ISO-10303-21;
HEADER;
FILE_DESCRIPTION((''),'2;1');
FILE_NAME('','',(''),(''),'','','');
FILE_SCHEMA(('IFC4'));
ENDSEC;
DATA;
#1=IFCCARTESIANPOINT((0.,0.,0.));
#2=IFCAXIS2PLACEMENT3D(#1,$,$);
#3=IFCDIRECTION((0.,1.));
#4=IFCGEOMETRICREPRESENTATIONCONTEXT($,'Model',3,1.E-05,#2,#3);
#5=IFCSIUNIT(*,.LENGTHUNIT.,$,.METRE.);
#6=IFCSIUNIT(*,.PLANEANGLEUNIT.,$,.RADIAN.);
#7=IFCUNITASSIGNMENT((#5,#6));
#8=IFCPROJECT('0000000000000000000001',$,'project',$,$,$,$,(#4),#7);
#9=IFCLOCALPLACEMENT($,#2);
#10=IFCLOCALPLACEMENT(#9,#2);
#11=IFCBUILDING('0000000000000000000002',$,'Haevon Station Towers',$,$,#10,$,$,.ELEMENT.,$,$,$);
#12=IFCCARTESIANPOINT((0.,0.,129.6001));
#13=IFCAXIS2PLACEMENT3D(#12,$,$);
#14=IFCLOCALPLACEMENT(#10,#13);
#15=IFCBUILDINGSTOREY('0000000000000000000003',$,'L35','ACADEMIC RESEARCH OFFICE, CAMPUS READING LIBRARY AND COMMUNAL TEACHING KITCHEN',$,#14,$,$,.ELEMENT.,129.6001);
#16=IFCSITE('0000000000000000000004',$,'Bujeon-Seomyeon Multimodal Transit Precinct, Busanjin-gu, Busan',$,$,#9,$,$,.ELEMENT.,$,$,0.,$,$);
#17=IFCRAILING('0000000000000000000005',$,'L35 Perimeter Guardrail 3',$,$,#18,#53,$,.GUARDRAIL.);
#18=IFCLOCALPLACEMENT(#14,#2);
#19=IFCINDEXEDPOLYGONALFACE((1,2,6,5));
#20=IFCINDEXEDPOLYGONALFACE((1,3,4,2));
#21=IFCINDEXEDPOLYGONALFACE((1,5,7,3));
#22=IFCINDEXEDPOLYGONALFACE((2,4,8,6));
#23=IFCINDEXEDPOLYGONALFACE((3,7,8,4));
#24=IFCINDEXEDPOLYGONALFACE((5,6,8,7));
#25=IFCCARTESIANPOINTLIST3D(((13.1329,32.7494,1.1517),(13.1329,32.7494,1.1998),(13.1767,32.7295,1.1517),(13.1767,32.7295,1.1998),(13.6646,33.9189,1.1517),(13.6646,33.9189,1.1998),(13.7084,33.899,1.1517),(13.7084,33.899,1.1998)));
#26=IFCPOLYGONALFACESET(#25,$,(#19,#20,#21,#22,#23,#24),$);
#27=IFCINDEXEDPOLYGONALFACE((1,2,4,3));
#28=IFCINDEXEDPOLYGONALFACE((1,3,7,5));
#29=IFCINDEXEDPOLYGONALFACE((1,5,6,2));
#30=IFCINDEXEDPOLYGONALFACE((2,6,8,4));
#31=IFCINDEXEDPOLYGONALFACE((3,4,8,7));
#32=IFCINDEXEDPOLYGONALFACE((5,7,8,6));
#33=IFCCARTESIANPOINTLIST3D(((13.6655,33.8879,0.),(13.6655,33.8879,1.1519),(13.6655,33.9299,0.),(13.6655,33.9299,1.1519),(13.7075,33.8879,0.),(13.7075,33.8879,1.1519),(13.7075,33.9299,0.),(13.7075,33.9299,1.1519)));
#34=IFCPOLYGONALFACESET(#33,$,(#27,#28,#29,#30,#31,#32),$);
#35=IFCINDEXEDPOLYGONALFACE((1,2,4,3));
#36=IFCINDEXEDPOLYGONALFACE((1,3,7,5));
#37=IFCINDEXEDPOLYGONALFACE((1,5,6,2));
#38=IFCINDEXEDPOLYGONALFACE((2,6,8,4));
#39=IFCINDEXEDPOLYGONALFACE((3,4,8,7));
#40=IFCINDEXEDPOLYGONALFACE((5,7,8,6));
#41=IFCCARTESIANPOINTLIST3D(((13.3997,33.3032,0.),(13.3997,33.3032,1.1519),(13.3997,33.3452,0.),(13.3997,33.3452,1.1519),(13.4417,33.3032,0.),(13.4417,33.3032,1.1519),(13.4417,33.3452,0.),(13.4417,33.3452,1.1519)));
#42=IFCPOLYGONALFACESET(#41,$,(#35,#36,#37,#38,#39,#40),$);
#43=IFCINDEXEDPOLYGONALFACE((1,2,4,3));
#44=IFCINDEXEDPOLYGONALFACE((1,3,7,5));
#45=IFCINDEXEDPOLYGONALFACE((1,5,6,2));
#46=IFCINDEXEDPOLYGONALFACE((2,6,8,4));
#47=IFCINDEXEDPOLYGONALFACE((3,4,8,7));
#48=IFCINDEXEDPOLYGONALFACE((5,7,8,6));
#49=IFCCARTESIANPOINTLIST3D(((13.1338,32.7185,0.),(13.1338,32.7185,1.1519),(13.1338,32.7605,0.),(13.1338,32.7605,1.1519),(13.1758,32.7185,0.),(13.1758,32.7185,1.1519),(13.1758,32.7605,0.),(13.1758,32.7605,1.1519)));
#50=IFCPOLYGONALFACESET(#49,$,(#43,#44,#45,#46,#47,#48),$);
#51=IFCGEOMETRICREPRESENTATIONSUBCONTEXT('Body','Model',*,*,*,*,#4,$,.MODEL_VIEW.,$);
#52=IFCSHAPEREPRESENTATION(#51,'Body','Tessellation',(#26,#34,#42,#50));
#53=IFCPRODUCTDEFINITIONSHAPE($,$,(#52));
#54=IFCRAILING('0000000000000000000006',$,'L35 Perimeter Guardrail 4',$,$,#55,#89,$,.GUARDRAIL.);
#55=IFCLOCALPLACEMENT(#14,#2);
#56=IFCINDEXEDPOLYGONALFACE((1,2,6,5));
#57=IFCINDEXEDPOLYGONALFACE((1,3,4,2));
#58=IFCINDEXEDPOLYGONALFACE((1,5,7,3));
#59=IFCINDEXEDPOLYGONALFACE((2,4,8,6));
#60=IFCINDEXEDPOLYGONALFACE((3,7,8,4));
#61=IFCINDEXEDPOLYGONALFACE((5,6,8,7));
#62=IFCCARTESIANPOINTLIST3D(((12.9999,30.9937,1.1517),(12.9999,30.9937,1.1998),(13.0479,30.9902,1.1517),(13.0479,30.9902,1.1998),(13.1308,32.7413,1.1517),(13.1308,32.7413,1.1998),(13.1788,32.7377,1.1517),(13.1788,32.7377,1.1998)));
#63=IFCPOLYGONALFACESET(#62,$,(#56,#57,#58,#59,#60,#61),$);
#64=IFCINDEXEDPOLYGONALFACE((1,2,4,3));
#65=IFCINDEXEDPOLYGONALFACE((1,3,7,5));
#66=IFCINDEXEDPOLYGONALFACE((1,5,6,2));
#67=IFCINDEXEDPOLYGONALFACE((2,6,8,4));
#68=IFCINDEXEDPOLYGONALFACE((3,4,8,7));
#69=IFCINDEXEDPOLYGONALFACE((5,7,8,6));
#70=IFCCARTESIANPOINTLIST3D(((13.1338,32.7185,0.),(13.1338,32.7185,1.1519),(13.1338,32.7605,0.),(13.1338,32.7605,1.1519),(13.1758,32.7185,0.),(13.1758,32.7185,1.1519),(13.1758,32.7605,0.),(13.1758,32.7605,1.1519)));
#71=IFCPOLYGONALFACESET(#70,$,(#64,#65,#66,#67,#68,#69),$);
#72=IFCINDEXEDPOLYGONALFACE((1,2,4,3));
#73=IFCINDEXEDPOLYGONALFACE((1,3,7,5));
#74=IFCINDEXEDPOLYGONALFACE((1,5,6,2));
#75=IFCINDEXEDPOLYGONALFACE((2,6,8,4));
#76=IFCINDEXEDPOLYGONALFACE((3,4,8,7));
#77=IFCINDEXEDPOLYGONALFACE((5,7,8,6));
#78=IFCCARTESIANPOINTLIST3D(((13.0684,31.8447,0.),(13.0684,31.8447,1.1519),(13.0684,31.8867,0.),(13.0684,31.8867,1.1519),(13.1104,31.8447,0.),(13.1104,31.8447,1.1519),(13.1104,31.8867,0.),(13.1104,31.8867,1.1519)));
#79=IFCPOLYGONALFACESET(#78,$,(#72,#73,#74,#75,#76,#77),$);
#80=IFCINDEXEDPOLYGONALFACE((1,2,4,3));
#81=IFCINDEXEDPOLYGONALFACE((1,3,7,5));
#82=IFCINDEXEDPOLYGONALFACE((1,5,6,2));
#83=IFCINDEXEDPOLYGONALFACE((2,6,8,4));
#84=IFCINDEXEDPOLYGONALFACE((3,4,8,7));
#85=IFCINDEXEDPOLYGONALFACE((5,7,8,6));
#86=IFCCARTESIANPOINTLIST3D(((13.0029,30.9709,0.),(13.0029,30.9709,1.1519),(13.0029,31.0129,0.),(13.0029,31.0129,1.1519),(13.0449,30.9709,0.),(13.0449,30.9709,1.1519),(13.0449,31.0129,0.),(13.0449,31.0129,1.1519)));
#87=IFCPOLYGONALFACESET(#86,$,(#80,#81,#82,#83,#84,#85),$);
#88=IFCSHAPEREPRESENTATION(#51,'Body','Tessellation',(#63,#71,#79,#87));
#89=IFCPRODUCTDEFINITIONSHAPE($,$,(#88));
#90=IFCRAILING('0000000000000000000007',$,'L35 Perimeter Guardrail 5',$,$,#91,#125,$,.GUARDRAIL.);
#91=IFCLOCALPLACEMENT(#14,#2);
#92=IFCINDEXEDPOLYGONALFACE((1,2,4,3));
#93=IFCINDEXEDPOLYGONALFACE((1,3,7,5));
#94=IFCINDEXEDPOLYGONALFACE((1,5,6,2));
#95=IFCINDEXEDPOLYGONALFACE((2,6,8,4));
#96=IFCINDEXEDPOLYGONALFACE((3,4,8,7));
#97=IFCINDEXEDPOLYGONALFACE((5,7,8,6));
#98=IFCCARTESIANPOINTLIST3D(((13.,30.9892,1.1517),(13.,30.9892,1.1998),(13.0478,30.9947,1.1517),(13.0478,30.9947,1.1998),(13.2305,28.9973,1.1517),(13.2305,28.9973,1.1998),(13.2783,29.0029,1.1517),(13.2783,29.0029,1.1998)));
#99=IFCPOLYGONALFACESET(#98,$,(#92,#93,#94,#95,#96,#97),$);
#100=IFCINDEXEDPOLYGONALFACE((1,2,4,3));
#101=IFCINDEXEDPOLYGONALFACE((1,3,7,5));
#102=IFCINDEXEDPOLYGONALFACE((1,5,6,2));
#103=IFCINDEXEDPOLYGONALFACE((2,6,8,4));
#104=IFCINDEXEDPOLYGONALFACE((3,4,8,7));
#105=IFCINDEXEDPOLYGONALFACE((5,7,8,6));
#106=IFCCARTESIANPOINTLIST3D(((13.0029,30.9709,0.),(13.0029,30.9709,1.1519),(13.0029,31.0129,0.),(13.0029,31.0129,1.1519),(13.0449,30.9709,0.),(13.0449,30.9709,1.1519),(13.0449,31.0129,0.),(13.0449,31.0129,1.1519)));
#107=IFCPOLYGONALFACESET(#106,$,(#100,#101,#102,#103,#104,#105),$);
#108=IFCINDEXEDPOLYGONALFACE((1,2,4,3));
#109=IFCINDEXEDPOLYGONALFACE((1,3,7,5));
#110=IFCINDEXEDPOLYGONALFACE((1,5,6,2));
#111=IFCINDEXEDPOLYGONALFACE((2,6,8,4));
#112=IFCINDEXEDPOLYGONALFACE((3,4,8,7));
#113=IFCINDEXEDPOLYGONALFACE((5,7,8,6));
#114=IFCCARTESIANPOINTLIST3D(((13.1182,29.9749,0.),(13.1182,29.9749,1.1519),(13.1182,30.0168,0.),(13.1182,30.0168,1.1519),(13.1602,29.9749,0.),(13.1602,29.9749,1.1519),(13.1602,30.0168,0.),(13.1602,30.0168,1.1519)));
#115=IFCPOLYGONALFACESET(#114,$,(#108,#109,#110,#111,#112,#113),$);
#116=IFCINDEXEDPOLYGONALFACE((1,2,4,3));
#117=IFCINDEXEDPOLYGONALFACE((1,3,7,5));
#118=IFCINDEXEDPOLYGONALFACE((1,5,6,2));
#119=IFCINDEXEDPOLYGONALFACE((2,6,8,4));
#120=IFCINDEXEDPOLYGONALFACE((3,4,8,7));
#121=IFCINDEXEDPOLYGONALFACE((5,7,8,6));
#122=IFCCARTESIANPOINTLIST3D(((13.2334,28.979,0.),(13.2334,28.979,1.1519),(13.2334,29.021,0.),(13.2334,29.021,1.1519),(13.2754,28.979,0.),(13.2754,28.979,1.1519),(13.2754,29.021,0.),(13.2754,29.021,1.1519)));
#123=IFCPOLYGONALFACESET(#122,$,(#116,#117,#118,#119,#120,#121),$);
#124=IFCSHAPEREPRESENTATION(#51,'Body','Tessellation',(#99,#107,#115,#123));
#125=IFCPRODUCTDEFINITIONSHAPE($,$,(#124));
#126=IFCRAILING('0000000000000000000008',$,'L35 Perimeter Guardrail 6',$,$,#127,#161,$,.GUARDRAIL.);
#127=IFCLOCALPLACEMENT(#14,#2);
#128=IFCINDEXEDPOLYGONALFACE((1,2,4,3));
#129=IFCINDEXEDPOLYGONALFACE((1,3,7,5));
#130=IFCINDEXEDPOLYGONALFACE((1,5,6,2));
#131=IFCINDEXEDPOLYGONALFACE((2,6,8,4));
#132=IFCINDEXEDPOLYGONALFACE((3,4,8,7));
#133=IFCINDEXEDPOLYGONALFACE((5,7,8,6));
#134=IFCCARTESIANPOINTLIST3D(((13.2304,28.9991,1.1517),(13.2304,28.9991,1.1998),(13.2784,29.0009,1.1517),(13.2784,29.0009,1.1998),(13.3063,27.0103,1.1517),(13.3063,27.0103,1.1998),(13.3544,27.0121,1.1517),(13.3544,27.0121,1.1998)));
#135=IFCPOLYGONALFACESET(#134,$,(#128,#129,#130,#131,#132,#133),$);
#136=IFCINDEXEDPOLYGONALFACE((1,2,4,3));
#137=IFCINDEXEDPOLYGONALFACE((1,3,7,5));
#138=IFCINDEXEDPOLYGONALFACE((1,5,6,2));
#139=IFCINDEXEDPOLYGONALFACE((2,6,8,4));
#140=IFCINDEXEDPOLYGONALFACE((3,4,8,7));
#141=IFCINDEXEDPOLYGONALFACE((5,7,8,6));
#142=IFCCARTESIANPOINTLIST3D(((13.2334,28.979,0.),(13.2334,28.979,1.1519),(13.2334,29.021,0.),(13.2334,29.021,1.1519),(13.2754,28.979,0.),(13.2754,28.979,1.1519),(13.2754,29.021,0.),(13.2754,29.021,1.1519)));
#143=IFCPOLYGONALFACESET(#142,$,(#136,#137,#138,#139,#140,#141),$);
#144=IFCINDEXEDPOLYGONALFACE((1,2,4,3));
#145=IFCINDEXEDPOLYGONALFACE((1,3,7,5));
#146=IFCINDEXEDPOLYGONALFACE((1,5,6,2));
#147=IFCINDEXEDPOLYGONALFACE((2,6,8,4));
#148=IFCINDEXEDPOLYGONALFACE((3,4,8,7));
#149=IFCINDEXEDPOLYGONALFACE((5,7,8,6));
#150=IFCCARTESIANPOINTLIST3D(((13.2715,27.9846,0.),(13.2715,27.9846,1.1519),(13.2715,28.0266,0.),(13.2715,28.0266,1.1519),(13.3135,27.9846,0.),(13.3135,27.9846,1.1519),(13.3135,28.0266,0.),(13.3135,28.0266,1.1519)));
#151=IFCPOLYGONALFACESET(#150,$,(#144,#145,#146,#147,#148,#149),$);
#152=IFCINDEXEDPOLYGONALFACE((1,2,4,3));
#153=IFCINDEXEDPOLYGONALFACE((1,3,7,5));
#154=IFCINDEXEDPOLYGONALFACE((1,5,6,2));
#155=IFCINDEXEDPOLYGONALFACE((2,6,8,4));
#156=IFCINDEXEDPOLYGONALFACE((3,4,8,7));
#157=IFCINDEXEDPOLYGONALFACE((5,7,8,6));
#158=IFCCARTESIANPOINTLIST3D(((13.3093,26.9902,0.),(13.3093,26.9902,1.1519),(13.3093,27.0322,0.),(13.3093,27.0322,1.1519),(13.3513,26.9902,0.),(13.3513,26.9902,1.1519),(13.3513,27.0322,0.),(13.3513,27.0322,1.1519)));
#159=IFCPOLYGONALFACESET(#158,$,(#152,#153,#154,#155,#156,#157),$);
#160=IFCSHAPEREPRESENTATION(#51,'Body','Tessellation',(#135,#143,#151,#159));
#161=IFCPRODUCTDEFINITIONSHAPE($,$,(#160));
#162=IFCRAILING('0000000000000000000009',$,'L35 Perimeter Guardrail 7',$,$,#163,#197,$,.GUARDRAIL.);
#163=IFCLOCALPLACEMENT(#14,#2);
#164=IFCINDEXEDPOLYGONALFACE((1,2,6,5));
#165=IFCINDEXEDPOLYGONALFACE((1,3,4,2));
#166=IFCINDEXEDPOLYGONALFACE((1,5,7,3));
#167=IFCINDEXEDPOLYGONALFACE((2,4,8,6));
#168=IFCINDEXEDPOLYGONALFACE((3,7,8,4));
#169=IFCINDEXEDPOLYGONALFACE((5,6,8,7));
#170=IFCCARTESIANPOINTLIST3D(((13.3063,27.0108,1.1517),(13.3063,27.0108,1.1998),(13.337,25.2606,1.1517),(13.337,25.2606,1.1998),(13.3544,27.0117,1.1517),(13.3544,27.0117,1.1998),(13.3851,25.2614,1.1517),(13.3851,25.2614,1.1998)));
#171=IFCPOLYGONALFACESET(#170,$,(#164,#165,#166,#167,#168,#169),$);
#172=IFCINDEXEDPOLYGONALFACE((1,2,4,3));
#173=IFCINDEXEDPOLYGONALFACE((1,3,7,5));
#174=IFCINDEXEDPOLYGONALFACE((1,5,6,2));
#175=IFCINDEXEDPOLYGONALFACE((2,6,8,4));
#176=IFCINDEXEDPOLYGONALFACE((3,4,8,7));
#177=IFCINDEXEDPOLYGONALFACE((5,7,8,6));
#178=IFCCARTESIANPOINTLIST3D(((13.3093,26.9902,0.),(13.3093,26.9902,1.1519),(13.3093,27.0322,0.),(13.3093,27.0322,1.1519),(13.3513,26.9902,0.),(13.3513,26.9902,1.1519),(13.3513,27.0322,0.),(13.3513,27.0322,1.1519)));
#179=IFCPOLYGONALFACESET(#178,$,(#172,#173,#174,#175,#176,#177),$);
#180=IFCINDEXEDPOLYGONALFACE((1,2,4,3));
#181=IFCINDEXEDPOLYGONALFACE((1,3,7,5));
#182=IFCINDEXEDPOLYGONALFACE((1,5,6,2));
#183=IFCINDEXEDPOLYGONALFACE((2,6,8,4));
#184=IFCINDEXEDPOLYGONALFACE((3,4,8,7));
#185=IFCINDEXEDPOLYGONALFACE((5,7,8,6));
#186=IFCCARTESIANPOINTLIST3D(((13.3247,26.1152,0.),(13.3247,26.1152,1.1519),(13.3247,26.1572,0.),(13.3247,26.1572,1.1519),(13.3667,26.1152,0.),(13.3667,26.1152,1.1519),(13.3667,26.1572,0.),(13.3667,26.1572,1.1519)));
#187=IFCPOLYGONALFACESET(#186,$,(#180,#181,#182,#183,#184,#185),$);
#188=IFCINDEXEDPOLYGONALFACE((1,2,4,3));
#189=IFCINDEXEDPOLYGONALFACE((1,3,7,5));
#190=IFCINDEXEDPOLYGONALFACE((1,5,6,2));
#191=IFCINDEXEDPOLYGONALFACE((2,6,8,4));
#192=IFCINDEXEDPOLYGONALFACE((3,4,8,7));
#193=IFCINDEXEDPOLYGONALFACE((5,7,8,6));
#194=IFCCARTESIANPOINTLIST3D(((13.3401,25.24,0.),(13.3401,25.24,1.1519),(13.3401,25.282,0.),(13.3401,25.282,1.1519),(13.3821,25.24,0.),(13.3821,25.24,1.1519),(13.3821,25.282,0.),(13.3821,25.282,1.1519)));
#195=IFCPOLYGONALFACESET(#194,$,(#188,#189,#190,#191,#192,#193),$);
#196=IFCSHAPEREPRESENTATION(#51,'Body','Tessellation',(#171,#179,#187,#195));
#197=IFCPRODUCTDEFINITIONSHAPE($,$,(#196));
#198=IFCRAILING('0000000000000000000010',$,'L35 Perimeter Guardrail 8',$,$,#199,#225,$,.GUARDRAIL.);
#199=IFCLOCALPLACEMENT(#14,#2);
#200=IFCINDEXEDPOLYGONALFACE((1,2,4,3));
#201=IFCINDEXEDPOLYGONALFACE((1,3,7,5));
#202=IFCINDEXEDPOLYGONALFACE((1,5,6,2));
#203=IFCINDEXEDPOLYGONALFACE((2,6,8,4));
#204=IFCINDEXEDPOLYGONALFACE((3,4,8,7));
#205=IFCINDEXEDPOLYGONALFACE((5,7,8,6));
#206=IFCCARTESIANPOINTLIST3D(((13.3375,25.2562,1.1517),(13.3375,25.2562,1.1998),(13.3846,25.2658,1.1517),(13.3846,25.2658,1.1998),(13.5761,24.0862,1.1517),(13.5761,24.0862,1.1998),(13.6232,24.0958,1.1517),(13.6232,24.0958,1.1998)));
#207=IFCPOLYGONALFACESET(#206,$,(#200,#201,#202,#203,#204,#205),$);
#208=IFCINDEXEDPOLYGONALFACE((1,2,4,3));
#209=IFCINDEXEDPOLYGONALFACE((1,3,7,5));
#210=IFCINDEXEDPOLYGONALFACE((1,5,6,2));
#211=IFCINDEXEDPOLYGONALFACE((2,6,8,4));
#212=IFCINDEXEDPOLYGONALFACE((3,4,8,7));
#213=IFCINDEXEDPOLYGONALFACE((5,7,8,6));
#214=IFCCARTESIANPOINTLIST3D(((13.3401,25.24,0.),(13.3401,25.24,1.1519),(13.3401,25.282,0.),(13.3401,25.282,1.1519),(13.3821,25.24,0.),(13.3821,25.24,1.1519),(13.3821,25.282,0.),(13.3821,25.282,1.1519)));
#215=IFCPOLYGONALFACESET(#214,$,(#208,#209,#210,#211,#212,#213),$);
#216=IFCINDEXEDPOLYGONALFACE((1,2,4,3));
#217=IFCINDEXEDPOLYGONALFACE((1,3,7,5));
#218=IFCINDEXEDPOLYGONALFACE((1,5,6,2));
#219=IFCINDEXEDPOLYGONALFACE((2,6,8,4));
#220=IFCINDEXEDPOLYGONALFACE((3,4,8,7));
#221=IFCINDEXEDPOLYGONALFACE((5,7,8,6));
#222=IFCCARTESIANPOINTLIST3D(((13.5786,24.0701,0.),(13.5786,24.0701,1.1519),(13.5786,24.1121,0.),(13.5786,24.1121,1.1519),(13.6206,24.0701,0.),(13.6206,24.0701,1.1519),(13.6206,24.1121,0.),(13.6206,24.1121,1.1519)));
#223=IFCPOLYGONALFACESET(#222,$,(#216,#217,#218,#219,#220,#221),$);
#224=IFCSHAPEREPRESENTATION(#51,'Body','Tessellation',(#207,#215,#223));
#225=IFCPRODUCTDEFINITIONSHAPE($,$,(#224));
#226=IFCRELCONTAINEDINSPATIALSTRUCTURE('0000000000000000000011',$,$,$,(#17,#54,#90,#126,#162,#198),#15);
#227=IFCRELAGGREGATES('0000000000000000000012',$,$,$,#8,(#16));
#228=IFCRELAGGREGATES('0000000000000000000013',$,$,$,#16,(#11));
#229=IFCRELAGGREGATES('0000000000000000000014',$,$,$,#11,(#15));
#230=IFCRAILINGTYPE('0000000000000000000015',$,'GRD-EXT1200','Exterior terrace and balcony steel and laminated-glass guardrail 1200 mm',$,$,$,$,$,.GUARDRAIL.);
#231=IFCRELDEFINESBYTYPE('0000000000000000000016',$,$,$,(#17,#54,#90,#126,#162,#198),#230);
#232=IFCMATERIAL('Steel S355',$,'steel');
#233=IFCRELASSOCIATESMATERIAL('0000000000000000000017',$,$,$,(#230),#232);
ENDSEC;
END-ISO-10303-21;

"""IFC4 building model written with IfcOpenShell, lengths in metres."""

from ifc_helpers import new_model, si_unit, direction, frame, origin, origin_2d, place, context, subcontext, project, spatial, rectangle, extrude, material, type_object, element, save


model = new_model("IFC4")

# Units and contexts
model_context = context("Model", 3, precision=1e-05, world=origin(), true_north=direction((0.0, 1.0)))
body_context = subcontext(model_context, "Body", "Model", "MODEL_VIEW")
ifc_project = project(units=[si_unit("LENGTHUNIT", "METRE"), si_unit("PLANEANGLEUNIT", "RADIAN")], contexts=[model_context])

# Site, building, storey
site_placement = place(None, origin())
site = spatial("IfcSite", under=ifc_project, at=site_placement, Name="Bujeon-Seomyeon Multimodal Transit Precinct, Busanjin-gu, Busan", CompositionType="ELEMENT", RefElevation=0.0)
building_placement = place(site_placement, origin())
building = spatial("IfcBuilding", under=site, at=building_placement, Name="Haevon Station Towers", CompositionType="ELEMENT")
storey_placement = place(building_placement, frame((0.0, 0.0, 129.6001)))
storey = spatial("IfcBuildingStorey", under=building, at=storey_placement, Name="L35", Description="ACADEMIC RESEARCH OFFICE, CAMPUS READING LIBRARY AND COMMUNAL TEACHING KITCHEN", CompositionType="ELEMENT", Elevation=129.6001)

# Shared definitions
ifc_material_1 = material(Name="Steel S355", Category="steel")

# Railings
railing_type = type_object("IfcRailingType", Name="GRD-EXT1200", Description="Exterior terrace and balcony steel and laminated-glass guardrail 1200 mm", PredefinedType="GUARDRAIL", material=ifc_material_1)
railing_1_placement = place(storey_placement, frame((13.6865, 33.9089, 0.0)))
element("IfcRailing", 1, at=railing_1_placement, inside=storey, type_object=railing_type, Name="L35 Perimeter Guardrail 3", PredefinedType="GUARDRAIL", context=body_context, shape_type="SweptSolid", body=[
    extrude(rectangle(XDim=0.0481, YDim=0.0481, at=origin_2d()), frame((0.0, 0.0, 1.1758), z_axis=(-0.413917, -0.910314, 0.0), x_axis=(0.910314, -0.413917, 0.0)), (0.0, 0.0, 1.0), 1.2847),
    extrude(rectangle(XDim=0.042, YDim=0.042, at=origin_2d()), origin(), (0.0, 0.0, 1.0), 1.1519),
    extrude(rectangle(XDim=0.042, YDim=0.042, at=origin_2d()), frame((-0.2659, -0.5847, 0.0)), (0.0, 0.0, 1.0), 1.1519),
    extrude(rectangle(XDim=0.042, YDim=0.042, at=origin_2d()), frame((-0.5317, -1.1694, 0.0)), (0.0, 0.0, 1.0), 1.1519),
])
railing_2_placement = place(storey_placement, frame((13.1548, 32.7395, 0.0)))
element("IfcRailing", 2, at=railing_2_placement, inside=storey, type_object=railing_type, Name="L35 Perimeter Guardrail 4", PredefinedType="GUARDRAIL", context=body_context, shape_type="SweptSolid", body=[
    extrude(rectangle(XDim=0.0481, YDim=0.0481, at=origin_2d()), frame((0.0, 0.0, 1.1758), z_axis=(-0.074672, -0.997208, 0.0), x_axis=(0.997208, -0.074672, 0.0)), (0.0, 0.0, 1.0), 1.7524),
    extrude(rectangle(XDim=0.042, YDim=0.042, at=origin_2d()), origin(), (0.0, 0.0, 1.0), 1.1519),
    extrude(rectangle(XDim=0.042, YDim=0.042, at=origin_2d()), frame((-0.0654, -0.8738, 0.0)), (0.0, 0.0, 1.0), 1.1519),
    extrude(rectangle(XDim=0.042, YDim=0.042, at=origin_2d()), frame((-0.1309, -1.7476, 0.0)), (0.0, 0.0, 1.0), 1.1519),
])
railing_3_placement = place(storey_placement, frame((13.0239, 30.9919, 0.0)))
element("IfcRailing", 3, at=railing_3_placement, inside=storey, type_object=railing_type, Name="L35 Perimeter Guardrail 5", PredefinedType="GUARDRAIL", context=body_context, shape_type="SweptSolid", body=[
    extrude(rectangle(XDim=0.0481, YDim=0.0481, at=origin_2d()), frame((0.0, 0.0, 1.1758), z_axis=(0.114934, -0.993373, 0.0), x_axis=(0.993373, 0.114934, 0.0)), (0.0, 0.0, 1.0), 2.0051),
    extrude(rectangle(XDim=0.042, YDim=0.042, at=origin_2d()), origin(), (0.0, 0.0, 1.0), 1.1519),
    extrude(rectangle(XDim=0.042, YDim=0.042, at=origin_2d()), frame((0.1152, -0.9961, 0.0)), (0.0, 0.0, 1.0), 1.1519),
    extrude(rectangle(XDim=0.042, YDim=0.042, at=origin_2d()), frame((0.2305, -1.9919, 0.0)), (0.0, 0.0, 1.0), 1.1519),
])
railing_4_placement = place(storey_placement, frame((13.2544, 29.0, 0.0)))
element("IfcRailing", 4, at=railing_4_placement, inside=storey, type_object=railing_type, Name="L35 Perimeter Guardrail 6", PredefinedType="GUARDRAIL", context=body_context, shape_type="SweptSolid", body=[
    extrude(rectangle(XDim=0.0481, YDim=0.0481, at=origin_2d()), frame((0.0, 0.0, 1.1758), z_axis=(0.03815, -0.999272, 0.0), x_axis=(0.999272, 0.03815, 0.0)), (0.0, 0.0, 1.0), 1.9902),
    extrude(rectangle(XDim=0.042, YDim=0.042, at=origin_2d()), origin(), (0.0, 0.0, 1.0), 1.1519),
    extrude(rectangle(XDim=0.042, YDim=0.042, at=origin_2d()), frame((0.0381, -0.9944, 0.0)), (0.0, 0.0, 1.0), 1.1519),
    extrude(rectangle(XDim=0.042, YDim=0.042, at=origin_2d()), frame((0.0759, -1.9888, 0.0)), (0.0, 0.0, 1.0), 1.1519),
])
railing_5_placement = place(storey_placement, frame((13.3303, 27.0112, 0.0)))
element("IfcRailing", 5, at=railing_5_placement, inside=storey, type_object=railing_type, Name="L35 Perimeter Guardrail 7", PredefinedType="GUARDRAIL", context=body_context, shape_type="SweptSolid", body=[
    extrude(rectangle(XDim=0.0481, YDim=0.0481, at=origin_2d()), frame((0.0, 0.0, 1.1758), z_axis=(0.017573, -0.999846, 0.0), x_axis=(0.999846, 0.017573, 0.0)), (0.0, 0.0, 1.0), 1.7505),
    extrude(rectangle(XDim=0.042, YDim=0.042, at=origin_2d()), origin(), (0.0, 0.0, 1.0), 1.1519),
    extrude(rectangle(XDim=0.042, YDim=0.042, at=origin_2d()), frame((0.0154, -0.875, 0.0)), (0.0, 0.0, 1.0), 1.1519),
    extrude(rectangle(XDim=0.042, YDim=0.042, at=origin_2d()), frame((0.0308, -1.7502, 0.0)), (0.0, 0.0, 1.0), 1.1519),
])
railing_6_placement = place(storey_placement, frame((13.3611, 25.261, 0.0)))
element("IfcRailing", 6, at=railing_6_placement, inside=storey, type_object=railing_type, Name="L35 Perimeter Guardrail 8", PredefinedType="GUARDRAIL", context=body_context, shape_type="SweptSolid", body=[
    extrude(rectangle(XDim=0.0481, YDim=0.0481, at=origin_2d()), frame((0.0, 0.0, 1.1758), z_axis=(0.199772, -0.979842, 0.0), x_axis=(0.979842, 0.199772, 0.0)), (0.0, 0.0, 1.0), 1.1941),
    extrude(rectangle(XDim=0.042, YDim=0.042, at=origin_2d()), origin(), (0.0, 0.0, 1.0), 1.1519),
    extrude(rectangle(XDim=0.042, YDim=0.042, at=origin_2d()), frame((0.2385, -1.1699, 0.0)), (0.0, 0.0, 1.0), 1.1519),
])

save(model, "model.ifc")
